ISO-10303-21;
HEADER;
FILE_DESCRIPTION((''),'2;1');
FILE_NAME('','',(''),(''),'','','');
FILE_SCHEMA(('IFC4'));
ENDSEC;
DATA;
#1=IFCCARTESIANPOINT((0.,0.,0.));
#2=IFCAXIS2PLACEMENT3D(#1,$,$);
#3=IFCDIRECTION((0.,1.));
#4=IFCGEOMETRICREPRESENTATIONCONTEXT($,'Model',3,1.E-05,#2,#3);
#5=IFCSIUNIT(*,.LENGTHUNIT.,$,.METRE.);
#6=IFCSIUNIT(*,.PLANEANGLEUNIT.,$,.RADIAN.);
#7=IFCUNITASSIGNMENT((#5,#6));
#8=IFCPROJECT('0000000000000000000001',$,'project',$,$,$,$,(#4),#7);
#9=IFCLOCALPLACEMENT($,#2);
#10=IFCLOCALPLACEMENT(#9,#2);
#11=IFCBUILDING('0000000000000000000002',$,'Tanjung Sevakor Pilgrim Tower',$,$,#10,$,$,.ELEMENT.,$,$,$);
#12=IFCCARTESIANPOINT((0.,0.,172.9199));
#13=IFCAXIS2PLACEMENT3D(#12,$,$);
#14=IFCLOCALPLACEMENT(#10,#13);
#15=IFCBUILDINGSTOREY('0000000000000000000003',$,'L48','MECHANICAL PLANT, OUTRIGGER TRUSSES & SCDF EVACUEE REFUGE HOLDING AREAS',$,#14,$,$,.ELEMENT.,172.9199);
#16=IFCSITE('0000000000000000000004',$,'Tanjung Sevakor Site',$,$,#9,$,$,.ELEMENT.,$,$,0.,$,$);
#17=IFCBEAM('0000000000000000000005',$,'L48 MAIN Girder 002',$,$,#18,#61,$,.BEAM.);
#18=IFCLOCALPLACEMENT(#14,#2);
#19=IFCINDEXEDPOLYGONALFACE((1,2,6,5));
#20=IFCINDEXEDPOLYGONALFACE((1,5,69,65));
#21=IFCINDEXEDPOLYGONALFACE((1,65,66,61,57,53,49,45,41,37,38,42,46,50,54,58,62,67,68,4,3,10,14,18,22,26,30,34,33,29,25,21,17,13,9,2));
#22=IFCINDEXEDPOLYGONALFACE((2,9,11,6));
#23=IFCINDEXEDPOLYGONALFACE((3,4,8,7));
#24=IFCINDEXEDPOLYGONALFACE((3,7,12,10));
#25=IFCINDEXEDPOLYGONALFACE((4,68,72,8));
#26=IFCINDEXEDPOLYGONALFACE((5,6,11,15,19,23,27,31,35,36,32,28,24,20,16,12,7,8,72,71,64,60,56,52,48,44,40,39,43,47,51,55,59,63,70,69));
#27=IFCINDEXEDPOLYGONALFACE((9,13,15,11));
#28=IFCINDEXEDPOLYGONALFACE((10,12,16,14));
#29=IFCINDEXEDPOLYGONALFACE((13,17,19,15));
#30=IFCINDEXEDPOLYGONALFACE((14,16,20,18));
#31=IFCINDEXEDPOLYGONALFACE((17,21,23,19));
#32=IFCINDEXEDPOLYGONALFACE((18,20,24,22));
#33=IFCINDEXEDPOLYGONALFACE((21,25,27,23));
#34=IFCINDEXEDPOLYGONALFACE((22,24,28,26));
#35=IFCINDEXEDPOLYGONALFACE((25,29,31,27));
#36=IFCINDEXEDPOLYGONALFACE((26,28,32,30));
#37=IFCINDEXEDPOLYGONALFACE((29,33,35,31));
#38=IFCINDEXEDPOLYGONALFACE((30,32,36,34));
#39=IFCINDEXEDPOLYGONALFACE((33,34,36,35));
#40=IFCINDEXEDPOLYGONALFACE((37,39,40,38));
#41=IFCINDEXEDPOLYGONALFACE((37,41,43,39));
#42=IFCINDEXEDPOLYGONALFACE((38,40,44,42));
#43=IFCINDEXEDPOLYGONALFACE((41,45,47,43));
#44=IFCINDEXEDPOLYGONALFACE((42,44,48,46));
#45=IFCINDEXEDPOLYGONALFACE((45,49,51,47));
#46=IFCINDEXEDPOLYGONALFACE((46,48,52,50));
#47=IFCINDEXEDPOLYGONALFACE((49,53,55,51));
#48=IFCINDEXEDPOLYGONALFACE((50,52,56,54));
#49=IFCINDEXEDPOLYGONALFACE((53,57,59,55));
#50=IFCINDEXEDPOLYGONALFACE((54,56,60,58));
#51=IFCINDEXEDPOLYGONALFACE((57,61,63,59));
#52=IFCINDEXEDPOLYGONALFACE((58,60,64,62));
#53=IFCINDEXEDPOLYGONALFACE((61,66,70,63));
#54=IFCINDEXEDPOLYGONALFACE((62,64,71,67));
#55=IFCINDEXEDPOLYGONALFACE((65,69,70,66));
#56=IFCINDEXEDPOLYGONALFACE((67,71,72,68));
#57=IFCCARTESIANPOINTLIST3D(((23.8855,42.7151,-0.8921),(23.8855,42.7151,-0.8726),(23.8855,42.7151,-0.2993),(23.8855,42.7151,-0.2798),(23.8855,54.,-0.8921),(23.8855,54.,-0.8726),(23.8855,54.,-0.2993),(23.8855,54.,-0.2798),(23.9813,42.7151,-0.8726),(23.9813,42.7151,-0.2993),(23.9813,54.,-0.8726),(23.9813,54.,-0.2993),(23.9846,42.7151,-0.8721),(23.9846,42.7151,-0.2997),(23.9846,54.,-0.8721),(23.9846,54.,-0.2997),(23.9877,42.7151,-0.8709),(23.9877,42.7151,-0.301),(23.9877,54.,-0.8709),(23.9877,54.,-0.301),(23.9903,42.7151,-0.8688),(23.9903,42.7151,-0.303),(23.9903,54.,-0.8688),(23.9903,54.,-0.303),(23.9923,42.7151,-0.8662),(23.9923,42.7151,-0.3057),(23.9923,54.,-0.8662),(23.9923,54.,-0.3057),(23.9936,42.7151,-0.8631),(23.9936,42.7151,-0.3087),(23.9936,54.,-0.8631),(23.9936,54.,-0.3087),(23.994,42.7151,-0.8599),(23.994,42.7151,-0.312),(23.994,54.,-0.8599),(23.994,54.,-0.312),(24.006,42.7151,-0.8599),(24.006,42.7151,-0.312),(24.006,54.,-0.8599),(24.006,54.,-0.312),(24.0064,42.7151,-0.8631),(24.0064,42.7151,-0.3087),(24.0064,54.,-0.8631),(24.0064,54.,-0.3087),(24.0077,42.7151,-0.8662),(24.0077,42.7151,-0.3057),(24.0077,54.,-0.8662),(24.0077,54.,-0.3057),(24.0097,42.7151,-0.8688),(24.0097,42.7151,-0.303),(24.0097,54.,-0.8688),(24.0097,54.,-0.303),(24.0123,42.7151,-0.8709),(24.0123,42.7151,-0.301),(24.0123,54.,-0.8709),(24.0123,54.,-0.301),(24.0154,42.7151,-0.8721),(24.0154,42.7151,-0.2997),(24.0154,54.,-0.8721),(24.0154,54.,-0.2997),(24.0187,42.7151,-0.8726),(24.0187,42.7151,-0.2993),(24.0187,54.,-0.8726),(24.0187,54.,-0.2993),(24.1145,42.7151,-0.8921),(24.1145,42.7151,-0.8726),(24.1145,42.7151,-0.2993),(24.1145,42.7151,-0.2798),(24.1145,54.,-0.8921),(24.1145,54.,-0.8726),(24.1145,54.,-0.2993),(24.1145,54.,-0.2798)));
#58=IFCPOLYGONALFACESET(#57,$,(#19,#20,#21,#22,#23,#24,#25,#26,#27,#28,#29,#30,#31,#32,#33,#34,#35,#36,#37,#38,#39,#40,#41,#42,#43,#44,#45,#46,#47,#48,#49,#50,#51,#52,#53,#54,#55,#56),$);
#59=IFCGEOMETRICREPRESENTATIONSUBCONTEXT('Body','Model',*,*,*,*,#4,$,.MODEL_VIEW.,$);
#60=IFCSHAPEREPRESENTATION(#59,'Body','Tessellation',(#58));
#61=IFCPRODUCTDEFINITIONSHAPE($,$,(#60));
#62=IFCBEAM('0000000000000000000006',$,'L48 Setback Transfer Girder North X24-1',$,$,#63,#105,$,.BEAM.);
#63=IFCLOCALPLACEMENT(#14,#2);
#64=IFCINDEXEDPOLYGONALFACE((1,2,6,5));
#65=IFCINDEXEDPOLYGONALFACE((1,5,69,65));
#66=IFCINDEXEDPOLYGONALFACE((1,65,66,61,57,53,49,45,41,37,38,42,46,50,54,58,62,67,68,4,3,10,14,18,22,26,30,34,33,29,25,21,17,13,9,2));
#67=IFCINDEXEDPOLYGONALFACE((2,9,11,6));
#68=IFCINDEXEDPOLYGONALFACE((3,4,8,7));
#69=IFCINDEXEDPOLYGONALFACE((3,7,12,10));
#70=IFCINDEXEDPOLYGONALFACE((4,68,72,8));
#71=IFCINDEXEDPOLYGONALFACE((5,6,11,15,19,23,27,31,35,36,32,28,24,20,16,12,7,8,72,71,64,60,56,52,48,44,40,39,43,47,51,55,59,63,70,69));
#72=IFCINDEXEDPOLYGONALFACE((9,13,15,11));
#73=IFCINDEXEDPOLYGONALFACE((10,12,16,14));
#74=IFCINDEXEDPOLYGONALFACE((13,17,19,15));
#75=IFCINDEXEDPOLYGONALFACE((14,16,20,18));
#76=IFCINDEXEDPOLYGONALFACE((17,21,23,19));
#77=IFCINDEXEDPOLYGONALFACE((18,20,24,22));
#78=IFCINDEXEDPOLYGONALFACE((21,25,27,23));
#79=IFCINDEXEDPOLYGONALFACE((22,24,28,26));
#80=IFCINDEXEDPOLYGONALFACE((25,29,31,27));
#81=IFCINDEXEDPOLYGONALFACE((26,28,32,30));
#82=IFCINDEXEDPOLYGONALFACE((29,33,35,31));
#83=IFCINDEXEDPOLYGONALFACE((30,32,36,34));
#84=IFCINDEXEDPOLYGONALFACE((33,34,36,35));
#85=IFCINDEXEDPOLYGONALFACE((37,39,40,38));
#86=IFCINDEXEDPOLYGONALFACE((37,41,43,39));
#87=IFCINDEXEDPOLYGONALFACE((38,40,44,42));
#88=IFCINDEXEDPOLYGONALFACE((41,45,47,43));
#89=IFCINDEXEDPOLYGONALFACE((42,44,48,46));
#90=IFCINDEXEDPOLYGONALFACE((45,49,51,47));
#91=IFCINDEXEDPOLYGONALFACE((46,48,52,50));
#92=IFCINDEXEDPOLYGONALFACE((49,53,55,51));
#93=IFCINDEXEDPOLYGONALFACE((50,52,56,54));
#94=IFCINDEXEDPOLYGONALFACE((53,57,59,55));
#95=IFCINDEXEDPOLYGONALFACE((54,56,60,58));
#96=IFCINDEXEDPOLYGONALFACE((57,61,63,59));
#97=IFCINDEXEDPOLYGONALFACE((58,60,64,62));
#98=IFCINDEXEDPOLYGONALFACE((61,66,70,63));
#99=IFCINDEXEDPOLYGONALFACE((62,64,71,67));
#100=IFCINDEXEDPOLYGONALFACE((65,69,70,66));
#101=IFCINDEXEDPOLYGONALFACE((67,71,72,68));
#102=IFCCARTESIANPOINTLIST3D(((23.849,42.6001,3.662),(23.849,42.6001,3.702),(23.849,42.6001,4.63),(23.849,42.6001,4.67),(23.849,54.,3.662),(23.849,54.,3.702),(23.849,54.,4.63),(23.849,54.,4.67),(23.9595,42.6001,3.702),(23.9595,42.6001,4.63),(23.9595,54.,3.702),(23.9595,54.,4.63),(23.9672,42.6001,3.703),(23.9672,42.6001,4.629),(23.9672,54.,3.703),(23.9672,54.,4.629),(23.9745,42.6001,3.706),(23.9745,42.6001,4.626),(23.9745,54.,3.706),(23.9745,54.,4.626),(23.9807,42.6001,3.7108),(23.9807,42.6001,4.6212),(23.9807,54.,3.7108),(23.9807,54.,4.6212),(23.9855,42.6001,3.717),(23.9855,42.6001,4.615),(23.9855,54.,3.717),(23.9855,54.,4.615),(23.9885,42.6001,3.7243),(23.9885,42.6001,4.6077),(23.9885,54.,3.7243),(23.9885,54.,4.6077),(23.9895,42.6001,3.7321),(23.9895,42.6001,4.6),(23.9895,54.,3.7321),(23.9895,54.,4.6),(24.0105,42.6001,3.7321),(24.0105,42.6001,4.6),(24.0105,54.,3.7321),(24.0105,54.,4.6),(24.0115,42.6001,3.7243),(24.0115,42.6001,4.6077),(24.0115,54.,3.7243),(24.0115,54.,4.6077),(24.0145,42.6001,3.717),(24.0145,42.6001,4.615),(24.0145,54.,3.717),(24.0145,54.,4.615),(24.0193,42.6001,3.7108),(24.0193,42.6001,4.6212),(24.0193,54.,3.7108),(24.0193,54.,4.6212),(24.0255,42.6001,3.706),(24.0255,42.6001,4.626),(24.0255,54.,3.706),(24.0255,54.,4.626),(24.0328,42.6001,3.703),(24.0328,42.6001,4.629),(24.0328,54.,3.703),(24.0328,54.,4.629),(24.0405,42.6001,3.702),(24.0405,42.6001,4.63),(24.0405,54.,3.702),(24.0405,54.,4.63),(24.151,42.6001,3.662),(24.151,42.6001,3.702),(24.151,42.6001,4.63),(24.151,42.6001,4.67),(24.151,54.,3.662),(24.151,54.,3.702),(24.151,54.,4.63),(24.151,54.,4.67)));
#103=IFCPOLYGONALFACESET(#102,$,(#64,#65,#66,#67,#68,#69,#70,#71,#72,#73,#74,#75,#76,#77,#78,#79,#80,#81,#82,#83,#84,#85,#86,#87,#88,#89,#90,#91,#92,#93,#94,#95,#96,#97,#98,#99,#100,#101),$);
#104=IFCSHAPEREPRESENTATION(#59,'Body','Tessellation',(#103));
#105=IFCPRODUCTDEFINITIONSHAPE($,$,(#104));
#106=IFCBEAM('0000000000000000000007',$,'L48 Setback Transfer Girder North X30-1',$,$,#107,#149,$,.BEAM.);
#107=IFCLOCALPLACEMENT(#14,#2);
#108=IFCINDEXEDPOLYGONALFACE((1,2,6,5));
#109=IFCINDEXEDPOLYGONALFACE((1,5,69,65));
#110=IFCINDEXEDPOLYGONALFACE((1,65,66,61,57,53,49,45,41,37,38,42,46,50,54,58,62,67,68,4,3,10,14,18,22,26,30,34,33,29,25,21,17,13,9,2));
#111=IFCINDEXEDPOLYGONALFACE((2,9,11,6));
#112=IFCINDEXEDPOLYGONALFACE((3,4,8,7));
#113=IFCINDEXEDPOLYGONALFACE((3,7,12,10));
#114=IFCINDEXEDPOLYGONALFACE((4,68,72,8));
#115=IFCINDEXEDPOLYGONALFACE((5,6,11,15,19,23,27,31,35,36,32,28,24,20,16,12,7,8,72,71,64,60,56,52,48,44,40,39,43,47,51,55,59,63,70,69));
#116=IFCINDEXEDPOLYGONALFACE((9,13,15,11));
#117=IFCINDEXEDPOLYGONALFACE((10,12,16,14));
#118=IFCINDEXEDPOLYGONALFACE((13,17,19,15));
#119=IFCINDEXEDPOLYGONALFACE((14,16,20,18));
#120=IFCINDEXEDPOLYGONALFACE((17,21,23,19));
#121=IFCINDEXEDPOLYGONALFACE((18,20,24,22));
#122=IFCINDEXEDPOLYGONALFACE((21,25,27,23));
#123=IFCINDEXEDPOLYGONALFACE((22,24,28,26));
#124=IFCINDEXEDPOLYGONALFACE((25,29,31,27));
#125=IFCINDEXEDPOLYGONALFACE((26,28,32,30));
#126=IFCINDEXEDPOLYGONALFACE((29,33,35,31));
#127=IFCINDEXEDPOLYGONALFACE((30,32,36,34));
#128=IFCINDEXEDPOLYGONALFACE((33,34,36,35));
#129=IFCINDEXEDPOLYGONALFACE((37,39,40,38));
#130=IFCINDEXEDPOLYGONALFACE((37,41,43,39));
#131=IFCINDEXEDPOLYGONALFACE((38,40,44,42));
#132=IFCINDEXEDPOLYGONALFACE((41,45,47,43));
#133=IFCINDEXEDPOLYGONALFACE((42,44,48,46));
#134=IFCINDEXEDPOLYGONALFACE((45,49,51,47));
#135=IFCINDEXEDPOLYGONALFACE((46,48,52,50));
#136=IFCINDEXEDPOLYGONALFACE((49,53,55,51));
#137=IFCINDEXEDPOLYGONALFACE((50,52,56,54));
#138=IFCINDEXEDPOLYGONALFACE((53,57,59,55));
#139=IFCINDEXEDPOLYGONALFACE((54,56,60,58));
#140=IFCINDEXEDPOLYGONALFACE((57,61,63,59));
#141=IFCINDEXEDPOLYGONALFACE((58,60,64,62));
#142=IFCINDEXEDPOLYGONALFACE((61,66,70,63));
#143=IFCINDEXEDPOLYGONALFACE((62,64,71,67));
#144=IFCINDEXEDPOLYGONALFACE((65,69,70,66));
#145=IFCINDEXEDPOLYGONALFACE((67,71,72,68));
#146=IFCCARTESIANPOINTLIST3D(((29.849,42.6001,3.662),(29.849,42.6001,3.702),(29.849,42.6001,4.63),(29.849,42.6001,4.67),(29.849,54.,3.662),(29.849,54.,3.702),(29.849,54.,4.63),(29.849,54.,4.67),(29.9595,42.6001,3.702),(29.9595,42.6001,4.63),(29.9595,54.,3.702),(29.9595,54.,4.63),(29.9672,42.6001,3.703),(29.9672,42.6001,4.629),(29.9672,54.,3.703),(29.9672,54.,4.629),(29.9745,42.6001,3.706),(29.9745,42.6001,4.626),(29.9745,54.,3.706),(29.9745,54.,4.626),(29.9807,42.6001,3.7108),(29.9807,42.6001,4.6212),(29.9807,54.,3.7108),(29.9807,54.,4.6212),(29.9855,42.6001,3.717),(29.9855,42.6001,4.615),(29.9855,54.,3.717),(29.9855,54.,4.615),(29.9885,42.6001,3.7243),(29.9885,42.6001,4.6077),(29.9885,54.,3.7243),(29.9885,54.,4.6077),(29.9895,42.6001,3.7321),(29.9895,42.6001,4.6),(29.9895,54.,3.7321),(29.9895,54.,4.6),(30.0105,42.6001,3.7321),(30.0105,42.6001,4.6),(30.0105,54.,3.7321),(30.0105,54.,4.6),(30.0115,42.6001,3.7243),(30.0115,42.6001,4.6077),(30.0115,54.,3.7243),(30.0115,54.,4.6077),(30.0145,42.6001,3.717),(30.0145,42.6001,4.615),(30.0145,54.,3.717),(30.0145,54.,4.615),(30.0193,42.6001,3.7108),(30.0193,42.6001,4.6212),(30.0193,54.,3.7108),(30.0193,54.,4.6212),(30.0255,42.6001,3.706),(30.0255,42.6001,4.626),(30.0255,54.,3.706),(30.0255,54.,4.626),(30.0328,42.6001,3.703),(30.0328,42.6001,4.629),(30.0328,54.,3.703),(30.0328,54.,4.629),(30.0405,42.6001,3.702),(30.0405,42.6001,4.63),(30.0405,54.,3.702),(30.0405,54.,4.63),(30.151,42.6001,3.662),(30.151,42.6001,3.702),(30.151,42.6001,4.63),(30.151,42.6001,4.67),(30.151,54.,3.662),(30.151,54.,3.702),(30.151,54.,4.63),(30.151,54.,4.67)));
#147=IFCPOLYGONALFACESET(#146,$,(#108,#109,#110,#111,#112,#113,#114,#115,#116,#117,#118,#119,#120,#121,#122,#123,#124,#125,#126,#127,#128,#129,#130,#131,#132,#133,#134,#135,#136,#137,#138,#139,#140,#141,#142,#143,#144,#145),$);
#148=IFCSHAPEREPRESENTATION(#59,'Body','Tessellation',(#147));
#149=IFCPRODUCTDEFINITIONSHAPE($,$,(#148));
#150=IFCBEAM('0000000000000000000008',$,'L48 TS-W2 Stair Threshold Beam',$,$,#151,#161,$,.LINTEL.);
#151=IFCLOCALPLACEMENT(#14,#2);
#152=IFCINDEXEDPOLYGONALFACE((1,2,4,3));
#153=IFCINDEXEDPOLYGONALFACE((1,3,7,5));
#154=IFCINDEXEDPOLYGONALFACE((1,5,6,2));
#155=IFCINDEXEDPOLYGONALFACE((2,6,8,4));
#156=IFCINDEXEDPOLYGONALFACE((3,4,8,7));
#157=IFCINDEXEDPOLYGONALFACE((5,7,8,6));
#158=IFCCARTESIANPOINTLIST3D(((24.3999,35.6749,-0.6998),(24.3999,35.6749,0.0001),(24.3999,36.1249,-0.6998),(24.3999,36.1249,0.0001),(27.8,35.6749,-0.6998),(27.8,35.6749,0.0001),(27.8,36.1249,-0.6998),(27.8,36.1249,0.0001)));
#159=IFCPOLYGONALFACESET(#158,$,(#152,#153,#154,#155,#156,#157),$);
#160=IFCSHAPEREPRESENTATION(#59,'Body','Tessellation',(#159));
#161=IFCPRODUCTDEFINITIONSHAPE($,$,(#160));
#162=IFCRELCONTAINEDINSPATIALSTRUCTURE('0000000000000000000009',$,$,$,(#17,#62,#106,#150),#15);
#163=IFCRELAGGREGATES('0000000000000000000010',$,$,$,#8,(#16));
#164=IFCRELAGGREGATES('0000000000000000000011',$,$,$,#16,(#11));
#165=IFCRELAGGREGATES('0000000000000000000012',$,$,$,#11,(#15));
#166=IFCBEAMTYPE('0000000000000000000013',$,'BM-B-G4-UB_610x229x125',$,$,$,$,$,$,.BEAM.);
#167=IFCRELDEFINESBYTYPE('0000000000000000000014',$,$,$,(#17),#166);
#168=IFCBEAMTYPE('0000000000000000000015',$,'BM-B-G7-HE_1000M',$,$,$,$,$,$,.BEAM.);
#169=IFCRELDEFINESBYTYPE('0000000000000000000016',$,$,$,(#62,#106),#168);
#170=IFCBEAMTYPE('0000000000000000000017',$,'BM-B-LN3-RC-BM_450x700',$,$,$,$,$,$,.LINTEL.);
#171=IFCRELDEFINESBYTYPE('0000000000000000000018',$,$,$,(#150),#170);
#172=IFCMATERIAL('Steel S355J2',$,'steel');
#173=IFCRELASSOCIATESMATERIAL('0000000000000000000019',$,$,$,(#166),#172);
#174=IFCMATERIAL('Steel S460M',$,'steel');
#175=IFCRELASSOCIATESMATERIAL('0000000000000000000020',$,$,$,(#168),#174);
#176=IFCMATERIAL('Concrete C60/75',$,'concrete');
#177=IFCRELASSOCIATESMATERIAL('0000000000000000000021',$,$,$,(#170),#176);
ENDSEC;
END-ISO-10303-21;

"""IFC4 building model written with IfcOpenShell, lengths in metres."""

from ifc_helpers import new_model, si_unit, direction, frame, origin, origin_2d, place, context, subcontext, project, spatial, rectangle, i_section, extrude, material, material_profile, profile_set, type_object, element, save


model = new_model("IFC4")

# Units and contexts
model_context = context("Model", 3, precision=1e-05, world=origin(), true_north=direction((0.0, 1.0)))
body_context = subcontext(model_context, "Body", "Model", "MODEL_VIEW")
ifc_project = project(units=[si_unit("LENGTHUNIT", "METRE"), si_unit("PLANEANGLEUNIT", "RADIAN")], contexts=[model_context])

# Site, building, storey
site_placement = place(None, origin())
site = spatial("IfcSite", under=ifc_project, at=site_placement, Name="Tanjung Sevakor Site", CompositionType="ELEMENT", RefElevation=0.0)
building_placement = place(site_placement, origin())
building = spatial("IfcBuilding", under=site, at=building_placement, Name="Tanjung Sevakor Pilgrim Tower", CompositionType="ELEMENT")
storey_placement = place(building_placement, frame((0.0, 0.0, 172.9199)))
storey = spatial("IfcBuildingStorey", under=building, at=storey_placement, Name="L48", Description="MECHANICAL PLANT, OUTRIGGER TRUSSES & SCDF EVACUEE REFUGE HOLDING AREAS", CompositionType="ELEMENT", Elevation=172.9199)

# Beams
ifc_material_1 = material(Name="Steel S355J2", Category="steel")
ifc_material_profile_1 = material_profile(ifc_material_1, i_section(OverallWidth=0.229, OverallDepth=0.6123, WebThickness=0.012, FlangeThickness=0.0195, FilletRadius=0.0127, at=origin_2d()))
ifc_profile_set_1 = profile_set([ifc_material_profile_1], Name="Steel S355J2")
beam_type_1 = type_object("IfcBeamType", Name="BM-B-G4-UB_610x229x125", PredefinedType="BEAM", material=ifc_profile_set_1)
beam_1_placement = place(storey_placement, frame((24.0, 42.7151, -0.5859), z_axis=(0.0, 1.0, 0.0), x_axis=(-1.0, 0.0, 0.0)))
element("IfcBeam", 1, at=beam_1_placement, inside=storey, type_object=beam_type_1, Name="L48 MAIN Girder 002", PredefinedType="BEAM", context=body_context, shape_type="SweptSolid", body=[
    extrude(i_section(OverallWidth=0.229, OverallDepth=0.6123, WebThickness=0.012, FlangeThickness=0.0195, FilletRadius=0.0127, at=origin_2d()), origin(), (0.0, 0.0, 1.0), 11.2849),
])
ifc_material_2 = material(Name="Steel S460M", Category="steel")
ifc_material_profile_2 = material_profile(ifc_material_2, i_section(OverallWidth=0.302, OverallDepth=1.0081, WebThickness=0.021, FlangeThickness=0.04, FilletRadius=0.03, at=origin_2d()))
ifc_profile_set_2 = profile_set([ifc_material_profile_2], Name="Steel S460M")
beam_type_2 = type_object("IfcBeamType", Name="BM-B-G7-HE_1000M", PredefinedType="BEAM", material=ifc_profile_set_2)
for number, where, z_axis, x_axis, name in (
    (2, (24.0, 42.6001, 4.166), (0.0, 1.0, 0.0), (-1.0, 0.0, 0.0), "L48 Setback Transfer Girder North X24-1"),
    (3, (30.0, 42.6001, 4.166), (0.0, 1.0, 0.0), (-1.0, 0.0, 0.0), "L48 Setback Transfer Girder North X30-1"),
):
    element("IfcBeam", number, at=place(storey_placement, frame(where, z_axis=z_axis, x_axis=x_axis)), inside=storey, type_object=beam_type_2, Name=name, PredefinedType="BEAM", context=body_context, shape_type="SweptSolid", body=[
        extrude(i_section(OverallWidth=0.302, OverallDepth=1.0081, WebThickness=0.021, FlangeThickness=0.04, FilletRadius=0.03, at=origin_2d()), origin(), (0.0, 0.0, 1.0), 11.3999),
    ])
ifc_material_3 = material(Name="Concrete C60/75", Category="concrete")
ifc_material_profile_3 = material_profile(ifc_material_3, rectangle(XDim=0.45, YDim=0.7, at=origin_2d()))
ifc_profile_set_3 = profile_set([ifc_material_profile_3], Name="Concrete C60/75")
beam_type_3 = type_object("IfcBeamType", Name="BM-B-LN3-RC-BM_450x700", PredefinedType="LINTEL", material=ifc_profile_set_3)
beam_2_placement = place(storey_placement, frame((24.3999, 35.8999, -0.3499), z_axis=(1.0, 0.0, 0.0), x_axis=(0.0, 1.0, 0.0)))
element("IfcBeam", 4, at=beam_2_placement, inside=storey, type_object=beam_type_3, Name="L48 TS-W2 Stair Threshold Beam", PredefinedType="LINTEL", context=body_context, shape_type="SweptSolid", body=[
    extrude(rectangle(XDim=0.45, YDim=0.7, at=origin_2d()), origin(), (0.0, 0.0, 1.0), 3.4001),
])

save(model, "model.ifc")
